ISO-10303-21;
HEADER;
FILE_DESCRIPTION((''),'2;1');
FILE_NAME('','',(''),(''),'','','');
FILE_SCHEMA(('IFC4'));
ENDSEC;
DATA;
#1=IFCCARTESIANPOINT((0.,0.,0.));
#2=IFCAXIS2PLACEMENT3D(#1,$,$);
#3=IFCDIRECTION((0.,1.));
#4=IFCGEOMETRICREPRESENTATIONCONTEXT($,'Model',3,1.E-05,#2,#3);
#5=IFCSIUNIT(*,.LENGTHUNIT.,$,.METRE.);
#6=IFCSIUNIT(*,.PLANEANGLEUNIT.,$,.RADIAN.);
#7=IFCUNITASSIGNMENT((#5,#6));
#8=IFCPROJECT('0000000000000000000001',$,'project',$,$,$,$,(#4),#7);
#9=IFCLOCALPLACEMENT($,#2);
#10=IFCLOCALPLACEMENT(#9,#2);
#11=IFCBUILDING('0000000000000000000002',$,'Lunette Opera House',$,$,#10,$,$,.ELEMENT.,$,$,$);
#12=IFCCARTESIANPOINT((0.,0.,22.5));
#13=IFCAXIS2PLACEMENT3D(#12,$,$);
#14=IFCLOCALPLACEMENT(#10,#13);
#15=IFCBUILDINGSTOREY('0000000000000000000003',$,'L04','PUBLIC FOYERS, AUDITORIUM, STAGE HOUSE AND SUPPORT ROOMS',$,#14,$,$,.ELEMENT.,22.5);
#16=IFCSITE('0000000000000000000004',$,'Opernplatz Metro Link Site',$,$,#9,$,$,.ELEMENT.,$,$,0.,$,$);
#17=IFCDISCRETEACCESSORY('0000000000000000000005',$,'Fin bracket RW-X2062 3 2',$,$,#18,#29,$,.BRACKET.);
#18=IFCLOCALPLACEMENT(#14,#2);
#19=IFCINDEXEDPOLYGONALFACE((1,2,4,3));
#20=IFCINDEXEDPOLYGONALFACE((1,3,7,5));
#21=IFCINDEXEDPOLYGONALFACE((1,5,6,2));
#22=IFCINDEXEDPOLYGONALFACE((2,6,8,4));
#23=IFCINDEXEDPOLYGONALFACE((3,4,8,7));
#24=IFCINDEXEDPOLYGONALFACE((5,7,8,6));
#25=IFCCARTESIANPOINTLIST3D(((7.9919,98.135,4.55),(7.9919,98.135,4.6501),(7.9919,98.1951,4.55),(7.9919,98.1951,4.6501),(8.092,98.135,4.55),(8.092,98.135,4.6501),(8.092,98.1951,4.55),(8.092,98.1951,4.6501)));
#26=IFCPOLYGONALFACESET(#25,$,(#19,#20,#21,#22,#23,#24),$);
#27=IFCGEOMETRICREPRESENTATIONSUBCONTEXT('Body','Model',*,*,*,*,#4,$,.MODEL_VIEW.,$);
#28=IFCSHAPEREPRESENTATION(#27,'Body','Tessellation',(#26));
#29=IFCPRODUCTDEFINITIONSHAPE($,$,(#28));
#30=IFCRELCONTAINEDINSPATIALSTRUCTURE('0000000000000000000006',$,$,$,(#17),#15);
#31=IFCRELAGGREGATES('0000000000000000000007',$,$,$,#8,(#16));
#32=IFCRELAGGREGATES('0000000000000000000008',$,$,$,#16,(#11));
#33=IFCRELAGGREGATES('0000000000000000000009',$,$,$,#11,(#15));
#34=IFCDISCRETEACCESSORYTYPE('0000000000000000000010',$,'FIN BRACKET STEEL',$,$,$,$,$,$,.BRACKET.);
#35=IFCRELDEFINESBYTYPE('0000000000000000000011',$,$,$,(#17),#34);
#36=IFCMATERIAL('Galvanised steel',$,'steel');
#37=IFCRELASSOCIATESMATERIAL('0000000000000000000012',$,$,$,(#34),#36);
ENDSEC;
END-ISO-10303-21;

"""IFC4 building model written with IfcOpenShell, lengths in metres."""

from ifc_helpers import new_model, si_unit, direction, frame, origin, origin_2d, place, context, subcontext, project, spatial, rectangle, extrude, material, type_object, element, save


model = new_model("IFC4")

# Units and contexts
model_context = context("Model", 3, precision=1e-05, world=origin(), true_north=direction((0.0, 1.0)))
body_context = subcontext(model_context, "Body", "Model", "MODEL_VIEW")
ifc_project = project(units=[si_unit("LENGTHUNIT", "METRE"), si_unit("PLANEANGLEUNIT", "RADIAN")], contexts=[model_context])

# Site, building, storey
site_placement = place(None, origin())
site = spatial("IfcSite", under=ifc_project, at=site_placement, Name="Opernplatz Metro Link Site", CompositionType="ELEMENT", RefElevation=0.0)
building_placement = place(site_placement, origin())
building = spatial("IfcBuilding", under=site, at=building_placement, Name="Lunette Opera House", CompositionType="ELEMENT")
storey_placement = place(building_placement, frame((0.0, 0.0, 22.5)))
storey = spatial("IfcBuildingStorey", under=building, at=storey_placement, Name="L04", Description="PUBLIC FOYERS, AUDITORIUM, STAGE HOUSE AND SUPPORT ROOMS", CompositionType="ELEMENT", Elevation=22.5)

# Discrete accessory
ifc_material_1 = material(Name="Galvanised steel", Category="steel")
discrete_accessory_type = type_object("IfcDiscreteAccessoryType", Name="FIN BRACKET STEEL", PredefinedType="BRACKET", material=ifc_material_1)
for number, where, z_axis, x_axis, name in (
    (1, (8.042, 98.165, 4.55), (0.0, 0.0, 1.0), (-1.0, 0.0, 0.0), "Fin bracket RW-X2062 3 2"),
):
    element("IfcDiscreteAccessory", number, at=place(storey_placement, frame(where, z_axis=z_axis, x_axis=x_axis)), inside=storey, type_object=discrete_accessory_type, Name=name, PredefinedType="BRACKET", context=body_context, shape_type="SweptSolid", body=[
        extrude(rectangle(XDim=0.1001, YDim=0.0601, at=origin_2d()), origin(), (0.0, 0.0, 1.0), 0.1001),
    ])

save(model, "model.ifc")
